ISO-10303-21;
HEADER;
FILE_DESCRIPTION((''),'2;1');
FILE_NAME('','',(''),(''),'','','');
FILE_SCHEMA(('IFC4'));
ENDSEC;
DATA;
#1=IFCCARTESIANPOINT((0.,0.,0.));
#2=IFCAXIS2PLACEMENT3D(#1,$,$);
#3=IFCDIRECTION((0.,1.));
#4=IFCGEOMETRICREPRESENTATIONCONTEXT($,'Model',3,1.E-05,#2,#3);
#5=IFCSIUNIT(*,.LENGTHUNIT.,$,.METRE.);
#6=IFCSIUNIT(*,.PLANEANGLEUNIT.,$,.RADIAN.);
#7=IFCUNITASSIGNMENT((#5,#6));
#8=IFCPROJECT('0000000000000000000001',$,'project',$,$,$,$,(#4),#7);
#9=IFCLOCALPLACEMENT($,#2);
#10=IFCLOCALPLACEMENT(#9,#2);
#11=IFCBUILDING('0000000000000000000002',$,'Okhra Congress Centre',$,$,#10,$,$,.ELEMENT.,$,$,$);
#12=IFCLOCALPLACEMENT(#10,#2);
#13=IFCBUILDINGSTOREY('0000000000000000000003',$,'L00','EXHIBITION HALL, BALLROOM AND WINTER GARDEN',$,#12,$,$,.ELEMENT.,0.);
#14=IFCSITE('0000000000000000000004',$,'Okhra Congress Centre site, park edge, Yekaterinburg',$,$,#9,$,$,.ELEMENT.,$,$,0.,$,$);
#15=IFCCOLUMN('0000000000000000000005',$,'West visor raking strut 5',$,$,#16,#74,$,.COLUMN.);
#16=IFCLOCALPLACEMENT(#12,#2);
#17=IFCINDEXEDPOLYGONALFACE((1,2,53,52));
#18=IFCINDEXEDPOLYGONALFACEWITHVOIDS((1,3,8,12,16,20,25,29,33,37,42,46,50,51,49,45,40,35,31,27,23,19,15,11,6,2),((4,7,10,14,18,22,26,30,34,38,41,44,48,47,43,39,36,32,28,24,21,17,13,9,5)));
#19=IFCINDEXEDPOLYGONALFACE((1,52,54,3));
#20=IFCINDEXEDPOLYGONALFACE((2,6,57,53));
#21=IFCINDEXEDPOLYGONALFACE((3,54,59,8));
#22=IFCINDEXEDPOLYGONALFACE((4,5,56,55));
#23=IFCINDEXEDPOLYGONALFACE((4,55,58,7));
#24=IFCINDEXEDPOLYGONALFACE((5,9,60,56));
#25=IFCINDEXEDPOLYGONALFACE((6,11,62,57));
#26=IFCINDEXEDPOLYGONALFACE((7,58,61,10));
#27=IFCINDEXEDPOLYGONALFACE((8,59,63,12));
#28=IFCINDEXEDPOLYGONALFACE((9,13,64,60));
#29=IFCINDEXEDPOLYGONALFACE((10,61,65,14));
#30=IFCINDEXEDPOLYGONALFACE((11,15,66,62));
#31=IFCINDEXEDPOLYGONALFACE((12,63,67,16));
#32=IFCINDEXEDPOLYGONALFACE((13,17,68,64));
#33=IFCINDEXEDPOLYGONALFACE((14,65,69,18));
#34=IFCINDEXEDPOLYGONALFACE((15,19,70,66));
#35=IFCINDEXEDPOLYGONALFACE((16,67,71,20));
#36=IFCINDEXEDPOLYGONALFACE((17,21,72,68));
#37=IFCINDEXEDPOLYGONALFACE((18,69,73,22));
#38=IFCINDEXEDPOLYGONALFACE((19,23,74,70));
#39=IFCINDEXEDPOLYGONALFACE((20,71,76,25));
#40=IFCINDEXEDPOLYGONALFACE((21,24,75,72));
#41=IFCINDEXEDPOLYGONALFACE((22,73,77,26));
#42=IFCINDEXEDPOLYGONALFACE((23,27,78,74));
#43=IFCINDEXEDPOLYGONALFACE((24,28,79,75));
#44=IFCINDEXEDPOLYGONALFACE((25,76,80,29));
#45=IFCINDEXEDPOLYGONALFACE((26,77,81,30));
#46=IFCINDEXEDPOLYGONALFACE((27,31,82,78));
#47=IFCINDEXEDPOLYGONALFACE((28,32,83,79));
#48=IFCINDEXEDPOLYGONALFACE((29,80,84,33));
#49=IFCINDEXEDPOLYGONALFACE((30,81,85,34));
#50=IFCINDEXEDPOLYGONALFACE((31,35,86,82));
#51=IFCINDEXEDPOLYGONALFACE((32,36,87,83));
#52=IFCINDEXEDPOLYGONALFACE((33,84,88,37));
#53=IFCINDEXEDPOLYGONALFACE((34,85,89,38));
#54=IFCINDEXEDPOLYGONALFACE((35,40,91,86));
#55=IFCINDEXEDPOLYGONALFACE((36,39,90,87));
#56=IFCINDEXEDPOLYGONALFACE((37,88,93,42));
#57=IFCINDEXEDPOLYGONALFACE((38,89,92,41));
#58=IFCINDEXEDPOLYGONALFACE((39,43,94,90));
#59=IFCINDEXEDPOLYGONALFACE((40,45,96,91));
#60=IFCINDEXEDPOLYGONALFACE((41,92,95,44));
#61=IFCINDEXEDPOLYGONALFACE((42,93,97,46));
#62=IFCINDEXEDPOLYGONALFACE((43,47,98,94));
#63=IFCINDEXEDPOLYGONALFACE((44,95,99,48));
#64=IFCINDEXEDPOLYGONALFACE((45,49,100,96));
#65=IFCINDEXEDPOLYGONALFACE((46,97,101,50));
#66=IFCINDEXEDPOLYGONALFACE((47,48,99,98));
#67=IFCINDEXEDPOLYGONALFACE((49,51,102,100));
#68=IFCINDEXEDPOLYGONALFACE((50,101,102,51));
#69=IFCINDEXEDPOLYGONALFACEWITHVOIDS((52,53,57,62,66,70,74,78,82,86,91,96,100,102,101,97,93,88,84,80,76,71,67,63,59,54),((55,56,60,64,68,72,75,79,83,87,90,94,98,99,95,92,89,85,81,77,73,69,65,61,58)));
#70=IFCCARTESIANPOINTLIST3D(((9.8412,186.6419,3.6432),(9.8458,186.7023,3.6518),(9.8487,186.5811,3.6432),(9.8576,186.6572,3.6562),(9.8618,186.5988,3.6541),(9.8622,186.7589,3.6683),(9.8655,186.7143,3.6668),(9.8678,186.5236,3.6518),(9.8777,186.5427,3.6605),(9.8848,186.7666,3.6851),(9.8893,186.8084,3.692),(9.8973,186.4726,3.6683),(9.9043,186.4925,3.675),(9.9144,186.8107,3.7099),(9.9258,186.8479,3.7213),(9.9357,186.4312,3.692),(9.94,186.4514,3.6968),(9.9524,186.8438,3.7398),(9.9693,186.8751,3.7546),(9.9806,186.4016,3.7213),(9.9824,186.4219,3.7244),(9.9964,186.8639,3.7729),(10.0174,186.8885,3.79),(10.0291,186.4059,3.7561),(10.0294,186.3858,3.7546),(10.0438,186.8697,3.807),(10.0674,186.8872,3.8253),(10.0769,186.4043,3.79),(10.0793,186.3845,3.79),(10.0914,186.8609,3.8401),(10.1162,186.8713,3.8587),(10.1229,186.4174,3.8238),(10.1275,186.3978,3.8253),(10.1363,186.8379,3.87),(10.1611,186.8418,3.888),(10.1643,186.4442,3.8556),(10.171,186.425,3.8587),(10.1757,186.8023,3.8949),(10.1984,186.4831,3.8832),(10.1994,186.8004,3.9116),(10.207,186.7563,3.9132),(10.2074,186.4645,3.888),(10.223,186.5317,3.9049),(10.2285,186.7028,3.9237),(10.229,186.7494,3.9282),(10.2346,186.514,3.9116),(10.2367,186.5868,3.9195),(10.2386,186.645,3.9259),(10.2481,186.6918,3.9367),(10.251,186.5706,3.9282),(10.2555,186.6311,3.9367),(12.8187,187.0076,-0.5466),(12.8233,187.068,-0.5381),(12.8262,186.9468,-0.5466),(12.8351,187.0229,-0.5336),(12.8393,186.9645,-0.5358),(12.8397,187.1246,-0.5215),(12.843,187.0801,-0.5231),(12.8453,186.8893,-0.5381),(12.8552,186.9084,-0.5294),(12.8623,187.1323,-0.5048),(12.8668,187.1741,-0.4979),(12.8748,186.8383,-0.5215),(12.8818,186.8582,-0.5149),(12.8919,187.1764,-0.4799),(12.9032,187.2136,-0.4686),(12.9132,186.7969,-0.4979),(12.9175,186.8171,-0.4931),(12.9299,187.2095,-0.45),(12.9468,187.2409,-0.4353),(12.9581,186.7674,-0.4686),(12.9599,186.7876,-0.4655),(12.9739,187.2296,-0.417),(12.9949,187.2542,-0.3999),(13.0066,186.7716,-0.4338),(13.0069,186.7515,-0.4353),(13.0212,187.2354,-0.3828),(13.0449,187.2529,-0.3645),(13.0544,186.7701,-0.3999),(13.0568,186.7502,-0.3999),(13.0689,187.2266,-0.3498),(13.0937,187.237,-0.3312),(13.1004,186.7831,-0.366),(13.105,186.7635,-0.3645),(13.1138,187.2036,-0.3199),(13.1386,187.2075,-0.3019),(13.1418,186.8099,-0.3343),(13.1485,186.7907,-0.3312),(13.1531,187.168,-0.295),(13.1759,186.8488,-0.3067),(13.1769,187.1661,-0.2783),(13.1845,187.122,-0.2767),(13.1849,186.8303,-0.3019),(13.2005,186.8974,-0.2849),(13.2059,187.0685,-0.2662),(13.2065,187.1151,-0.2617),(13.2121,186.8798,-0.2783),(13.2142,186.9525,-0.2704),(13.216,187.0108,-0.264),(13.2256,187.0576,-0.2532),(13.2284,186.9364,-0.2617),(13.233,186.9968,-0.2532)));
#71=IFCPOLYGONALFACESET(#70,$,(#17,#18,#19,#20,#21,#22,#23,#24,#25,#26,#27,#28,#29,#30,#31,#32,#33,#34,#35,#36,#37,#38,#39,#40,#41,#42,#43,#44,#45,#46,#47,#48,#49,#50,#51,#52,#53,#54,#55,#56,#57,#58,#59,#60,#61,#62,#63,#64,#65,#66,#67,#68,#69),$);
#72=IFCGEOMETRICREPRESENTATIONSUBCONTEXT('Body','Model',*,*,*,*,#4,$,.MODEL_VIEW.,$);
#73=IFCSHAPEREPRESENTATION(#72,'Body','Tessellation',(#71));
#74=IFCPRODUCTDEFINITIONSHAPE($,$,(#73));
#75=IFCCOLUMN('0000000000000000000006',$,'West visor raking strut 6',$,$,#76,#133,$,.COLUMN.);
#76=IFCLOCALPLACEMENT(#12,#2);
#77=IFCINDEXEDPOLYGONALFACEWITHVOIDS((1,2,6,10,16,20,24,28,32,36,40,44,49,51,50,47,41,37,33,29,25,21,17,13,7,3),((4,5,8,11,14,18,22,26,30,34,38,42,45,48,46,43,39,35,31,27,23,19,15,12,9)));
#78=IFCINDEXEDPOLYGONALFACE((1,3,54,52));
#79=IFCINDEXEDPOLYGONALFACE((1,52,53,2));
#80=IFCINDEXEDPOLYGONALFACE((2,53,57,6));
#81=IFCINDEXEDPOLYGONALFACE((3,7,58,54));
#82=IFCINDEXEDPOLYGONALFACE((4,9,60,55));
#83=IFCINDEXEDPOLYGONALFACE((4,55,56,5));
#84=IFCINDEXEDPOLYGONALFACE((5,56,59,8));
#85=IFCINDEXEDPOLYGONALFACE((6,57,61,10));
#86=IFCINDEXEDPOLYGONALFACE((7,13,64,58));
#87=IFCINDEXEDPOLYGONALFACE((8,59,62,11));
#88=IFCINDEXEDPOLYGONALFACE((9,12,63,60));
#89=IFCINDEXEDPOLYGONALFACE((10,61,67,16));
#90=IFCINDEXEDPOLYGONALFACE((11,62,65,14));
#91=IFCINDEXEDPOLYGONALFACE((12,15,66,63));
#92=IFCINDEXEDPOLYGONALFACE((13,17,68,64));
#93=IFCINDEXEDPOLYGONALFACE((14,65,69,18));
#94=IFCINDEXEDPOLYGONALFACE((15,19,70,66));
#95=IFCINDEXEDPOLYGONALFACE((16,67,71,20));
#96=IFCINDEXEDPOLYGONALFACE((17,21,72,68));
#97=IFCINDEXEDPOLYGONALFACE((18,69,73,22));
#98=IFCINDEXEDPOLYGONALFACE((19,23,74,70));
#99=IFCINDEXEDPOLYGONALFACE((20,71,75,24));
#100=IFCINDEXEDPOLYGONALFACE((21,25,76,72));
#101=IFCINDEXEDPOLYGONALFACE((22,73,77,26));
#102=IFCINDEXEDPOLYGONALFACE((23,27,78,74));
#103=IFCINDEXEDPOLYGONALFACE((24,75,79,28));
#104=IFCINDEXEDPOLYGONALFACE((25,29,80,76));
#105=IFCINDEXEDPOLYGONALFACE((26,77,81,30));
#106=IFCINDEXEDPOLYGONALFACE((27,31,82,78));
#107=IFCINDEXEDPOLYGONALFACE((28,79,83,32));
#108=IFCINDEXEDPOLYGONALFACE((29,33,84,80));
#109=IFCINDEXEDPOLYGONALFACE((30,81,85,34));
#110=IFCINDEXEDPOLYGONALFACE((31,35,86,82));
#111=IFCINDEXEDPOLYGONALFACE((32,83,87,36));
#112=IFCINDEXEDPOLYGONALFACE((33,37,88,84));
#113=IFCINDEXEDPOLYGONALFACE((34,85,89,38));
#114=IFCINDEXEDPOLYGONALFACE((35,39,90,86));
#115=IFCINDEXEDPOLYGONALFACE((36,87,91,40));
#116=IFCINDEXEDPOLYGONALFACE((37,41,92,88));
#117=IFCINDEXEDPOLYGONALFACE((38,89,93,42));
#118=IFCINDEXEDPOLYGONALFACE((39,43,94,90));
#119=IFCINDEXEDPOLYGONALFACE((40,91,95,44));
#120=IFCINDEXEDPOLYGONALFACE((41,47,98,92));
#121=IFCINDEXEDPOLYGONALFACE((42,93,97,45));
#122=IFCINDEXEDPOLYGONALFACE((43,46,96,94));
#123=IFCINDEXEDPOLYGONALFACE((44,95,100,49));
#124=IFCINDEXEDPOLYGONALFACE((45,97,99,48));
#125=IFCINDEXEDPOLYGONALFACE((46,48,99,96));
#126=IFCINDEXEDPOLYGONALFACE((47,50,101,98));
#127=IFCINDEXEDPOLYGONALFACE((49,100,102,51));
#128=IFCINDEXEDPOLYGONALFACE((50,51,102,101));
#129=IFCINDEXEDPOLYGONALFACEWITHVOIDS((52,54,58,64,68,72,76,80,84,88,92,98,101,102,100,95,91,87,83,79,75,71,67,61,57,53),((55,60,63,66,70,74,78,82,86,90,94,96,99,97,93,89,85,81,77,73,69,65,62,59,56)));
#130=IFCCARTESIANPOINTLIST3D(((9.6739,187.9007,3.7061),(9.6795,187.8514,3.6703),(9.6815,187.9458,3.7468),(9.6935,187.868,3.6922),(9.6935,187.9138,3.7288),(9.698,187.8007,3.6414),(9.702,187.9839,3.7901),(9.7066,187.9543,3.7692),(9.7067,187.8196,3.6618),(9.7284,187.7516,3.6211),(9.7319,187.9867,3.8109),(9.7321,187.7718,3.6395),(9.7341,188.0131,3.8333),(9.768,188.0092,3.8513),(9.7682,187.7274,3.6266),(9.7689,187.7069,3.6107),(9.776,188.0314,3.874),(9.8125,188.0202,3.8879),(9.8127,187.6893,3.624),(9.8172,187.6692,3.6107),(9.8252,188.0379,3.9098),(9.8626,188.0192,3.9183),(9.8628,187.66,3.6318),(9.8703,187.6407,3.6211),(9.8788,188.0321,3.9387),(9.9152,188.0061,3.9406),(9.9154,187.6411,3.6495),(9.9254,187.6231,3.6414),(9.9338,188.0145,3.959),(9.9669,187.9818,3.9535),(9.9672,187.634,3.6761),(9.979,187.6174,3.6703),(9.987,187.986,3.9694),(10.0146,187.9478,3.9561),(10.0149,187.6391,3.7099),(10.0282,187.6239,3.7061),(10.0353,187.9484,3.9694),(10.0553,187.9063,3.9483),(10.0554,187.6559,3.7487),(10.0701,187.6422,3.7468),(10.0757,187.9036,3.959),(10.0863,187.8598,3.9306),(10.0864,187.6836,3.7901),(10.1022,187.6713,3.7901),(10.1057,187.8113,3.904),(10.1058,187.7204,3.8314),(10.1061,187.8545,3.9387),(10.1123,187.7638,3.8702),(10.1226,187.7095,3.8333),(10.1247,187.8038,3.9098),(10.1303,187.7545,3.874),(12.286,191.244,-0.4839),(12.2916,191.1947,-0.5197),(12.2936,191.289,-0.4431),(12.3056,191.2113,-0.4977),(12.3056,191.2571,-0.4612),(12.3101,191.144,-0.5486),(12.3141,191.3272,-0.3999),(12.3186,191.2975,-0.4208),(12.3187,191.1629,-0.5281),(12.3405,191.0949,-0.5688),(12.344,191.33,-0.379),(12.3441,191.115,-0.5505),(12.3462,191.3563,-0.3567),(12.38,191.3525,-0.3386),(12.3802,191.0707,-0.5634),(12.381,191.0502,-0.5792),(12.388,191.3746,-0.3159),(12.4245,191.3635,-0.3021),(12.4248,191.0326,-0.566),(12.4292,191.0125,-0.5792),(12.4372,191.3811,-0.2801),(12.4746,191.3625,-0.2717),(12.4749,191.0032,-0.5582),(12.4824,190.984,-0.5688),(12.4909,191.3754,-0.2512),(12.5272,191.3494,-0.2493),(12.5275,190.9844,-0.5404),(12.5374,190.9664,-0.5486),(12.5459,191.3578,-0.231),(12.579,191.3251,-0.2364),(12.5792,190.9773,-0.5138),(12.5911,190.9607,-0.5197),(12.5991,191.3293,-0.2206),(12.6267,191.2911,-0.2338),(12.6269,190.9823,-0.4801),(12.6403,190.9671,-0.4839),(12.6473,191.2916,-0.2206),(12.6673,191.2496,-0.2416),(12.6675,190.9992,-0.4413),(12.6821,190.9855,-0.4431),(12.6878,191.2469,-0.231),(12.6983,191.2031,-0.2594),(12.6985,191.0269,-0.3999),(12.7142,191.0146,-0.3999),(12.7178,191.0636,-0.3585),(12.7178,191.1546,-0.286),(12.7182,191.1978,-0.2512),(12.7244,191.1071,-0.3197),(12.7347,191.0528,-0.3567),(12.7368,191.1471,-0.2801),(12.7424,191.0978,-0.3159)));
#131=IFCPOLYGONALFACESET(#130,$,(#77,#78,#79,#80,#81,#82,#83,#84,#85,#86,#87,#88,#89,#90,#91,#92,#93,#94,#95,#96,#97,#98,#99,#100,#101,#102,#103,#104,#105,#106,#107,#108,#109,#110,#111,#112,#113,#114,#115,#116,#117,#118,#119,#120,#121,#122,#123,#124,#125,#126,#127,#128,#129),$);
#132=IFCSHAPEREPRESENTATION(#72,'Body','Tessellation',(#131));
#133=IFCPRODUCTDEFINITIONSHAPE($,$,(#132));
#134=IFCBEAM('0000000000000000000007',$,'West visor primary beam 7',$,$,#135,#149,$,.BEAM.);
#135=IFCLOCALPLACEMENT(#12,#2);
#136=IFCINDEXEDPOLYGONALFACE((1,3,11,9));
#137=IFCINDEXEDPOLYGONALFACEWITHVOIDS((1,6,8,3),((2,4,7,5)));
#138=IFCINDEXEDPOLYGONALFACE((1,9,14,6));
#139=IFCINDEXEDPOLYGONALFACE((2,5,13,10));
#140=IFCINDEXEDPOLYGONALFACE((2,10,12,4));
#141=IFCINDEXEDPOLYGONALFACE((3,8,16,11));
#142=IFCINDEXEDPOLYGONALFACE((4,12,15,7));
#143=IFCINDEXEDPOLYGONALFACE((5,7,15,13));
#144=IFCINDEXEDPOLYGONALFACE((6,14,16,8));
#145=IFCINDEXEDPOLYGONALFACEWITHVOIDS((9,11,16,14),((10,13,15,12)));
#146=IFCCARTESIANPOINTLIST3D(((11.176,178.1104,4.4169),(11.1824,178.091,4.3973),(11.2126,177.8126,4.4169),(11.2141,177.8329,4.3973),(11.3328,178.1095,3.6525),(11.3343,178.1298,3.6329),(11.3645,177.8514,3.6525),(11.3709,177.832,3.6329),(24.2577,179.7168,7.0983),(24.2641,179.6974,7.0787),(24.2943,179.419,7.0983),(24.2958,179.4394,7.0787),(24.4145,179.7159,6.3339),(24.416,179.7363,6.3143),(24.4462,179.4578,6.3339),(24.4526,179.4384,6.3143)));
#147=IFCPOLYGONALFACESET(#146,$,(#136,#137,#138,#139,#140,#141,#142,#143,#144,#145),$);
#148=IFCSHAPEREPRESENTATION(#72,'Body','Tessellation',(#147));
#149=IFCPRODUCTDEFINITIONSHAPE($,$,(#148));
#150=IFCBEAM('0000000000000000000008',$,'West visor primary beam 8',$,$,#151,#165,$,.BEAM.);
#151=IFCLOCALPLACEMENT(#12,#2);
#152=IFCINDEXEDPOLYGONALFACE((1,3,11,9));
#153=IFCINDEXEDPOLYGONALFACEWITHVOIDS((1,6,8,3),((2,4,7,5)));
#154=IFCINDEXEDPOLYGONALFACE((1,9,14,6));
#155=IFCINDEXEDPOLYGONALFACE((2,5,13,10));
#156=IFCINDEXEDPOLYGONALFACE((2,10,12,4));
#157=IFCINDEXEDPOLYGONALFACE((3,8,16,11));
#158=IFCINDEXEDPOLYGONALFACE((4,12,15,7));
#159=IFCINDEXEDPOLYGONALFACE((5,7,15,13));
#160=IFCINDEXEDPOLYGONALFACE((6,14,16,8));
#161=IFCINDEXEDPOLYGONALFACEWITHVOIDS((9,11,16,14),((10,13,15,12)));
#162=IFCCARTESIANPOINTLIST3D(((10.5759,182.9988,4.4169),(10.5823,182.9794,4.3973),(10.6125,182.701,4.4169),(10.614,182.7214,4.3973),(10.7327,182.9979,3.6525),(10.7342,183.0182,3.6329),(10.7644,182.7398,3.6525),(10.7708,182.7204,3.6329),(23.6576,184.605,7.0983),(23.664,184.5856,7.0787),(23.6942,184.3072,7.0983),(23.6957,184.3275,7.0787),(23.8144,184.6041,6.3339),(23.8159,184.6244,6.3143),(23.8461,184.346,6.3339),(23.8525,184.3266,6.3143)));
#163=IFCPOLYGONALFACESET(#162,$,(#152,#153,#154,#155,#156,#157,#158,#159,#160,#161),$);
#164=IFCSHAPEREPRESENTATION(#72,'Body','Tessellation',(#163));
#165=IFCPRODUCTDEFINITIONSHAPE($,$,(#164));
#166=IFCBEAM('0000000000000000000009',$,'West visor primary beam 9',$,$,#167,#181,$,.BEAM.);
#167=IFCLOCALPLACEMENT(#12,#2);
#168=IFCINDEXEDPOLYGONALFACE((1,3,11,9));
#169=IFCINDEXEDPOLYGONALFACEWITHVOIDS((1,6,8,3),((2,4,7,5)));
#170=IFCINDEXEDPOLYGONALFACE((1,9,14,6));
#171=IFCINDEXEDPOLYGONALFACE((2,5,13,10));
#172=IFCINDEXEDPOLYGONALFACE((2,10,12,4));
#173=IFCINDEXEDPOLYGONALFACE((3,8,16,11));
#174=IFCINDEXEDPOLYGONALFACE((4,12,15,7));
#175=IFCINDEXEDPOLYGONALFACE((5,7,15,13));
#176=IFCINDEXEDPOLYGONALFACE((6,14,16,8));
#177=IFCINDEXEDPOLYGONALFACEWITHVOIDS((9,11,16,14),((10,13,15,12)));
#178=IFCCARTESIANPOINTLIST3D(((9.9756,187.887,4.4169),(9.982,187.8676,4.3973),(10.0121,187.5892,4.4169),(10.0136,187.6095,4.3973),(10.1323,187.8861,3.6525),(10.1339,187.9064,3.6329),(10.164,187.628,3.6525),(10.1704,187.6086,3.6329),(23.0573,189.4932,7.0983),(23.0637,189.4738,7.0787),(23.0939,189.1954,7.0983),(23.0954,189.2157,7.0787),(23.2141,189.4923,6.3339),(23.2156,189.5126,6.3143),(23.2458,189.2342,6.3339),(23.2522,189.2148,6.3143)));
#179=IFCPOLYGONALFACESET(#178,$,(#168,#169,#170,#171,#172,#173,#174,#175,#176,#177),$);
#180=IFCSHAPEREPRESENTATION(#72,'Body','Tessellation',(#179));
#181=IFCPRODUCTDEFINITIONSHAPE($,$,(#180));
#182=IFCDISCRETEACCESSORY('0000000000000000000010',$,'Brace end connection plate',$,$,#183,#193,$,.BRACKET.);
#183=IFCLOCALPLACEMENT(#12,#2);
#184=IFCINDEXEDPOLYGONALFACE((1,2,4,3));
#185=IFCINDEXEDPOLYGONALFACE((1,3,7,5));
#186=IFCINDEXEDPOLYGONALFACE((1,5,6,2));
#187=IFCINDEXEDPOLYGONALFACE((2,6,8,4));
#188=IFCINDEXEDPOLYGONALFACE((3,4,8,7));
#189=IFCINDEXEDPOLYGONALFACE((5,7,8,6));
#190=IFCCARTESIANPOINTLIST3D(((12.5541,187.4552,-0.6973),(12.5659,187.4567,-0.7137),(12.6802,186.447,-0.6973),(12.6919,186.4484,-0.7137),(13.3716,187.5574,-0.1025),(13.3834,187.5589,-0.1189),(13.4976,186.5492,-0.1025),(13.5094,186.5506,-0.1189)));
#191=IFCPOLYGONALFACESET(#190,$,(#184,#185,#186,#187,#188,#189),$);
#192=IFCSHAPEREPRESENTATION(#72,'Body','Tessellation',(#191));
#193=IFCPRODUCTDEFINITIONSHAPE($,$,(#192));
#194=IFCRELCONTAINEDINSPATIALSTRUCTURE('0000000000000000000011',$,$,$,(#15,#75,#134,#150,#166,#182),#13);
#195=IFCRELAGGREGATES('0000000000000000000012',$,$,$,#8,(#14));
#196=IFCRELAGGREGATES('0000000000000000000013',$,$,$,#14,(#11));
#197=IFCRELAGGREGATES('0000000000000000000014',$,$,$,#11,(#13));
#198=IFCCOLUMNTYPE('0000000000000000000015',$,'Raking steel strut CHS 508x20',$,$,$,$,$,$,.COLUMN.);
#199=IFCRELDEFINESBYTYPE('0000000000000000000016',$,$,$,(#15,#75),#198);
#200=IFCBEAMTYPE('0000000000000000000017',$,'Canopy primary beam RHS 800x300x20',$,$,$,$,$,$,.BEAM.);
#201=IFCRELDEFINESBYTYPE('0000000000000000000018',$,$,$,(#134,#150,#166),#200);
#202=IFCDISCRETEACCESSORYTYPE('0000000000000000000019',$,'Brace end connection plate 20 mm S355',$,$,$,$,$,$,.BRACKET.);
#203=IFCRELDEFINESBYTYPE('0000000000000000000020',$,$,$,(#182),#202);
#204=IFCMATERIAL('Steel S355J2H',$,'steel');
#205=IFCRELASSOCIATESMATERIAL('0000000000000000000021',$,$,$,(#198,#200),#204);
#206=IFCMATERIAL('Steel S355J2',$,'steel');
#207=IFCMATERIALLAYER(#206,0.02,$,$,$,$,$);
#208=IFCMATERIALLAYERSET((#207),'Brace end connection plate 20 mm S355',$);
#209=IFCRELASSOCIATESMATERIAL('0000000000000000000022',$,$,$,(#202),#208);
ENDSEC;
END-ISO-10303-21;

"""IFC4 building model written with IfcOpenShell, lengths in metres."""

from ifc_helpers import new_model, si_unit, direction, frame, origin, origin_2d, place, context, subcontext, project, spatial, rectangle, hollow_rectangle, hollow_circle, extrude, material, layer, layer_set, material_profile, profile_set, type_object, element, save


model = new_model("IFC4")

# Units and contexts
model_context = context("Model", 3, precision=1e-05, world=origin(), true_north=direction((0.0, 1.0)))
body_context = subcontext(model_context, "Body", "Model", "MODEL_VIEW")
ifc_project = project(units=[si_unit("LENGTHUNIT", "METRE"), si_unit("PLANEANGLEUNIT", "RADIAN")], contexts=[model_context])

# Site, building, storey
site_placement = place(None, origin())
site = spatial("IfcSite", under=ifc_project, at=site_placement, Name="Okhra Congress Centre site, park edge, Yekaterinburg", CompositionType="ELEMENT", RefElevation=0.0)
building_placement = place(site_placement, origin())
building = spatial("IfcBuilding", under=site, at=building_placement, Name="Okhra Congress Centre", CompositionType="ELEMENT")
storey_placement = place(building_placement, origin())
storey = spatial("IfcBuildingStorey", under=building, at=storey_placement, Name="L00", Description="EXHIBITION HALL, BALLROOM AND WINTER GARDEN", CompositionType="ELEMENT", Elevation=0.0)

# Columns
ifc_material_1 = material(Name="Steel S355J2H", Category="steel")
ifc_material_profile_1 = material_profile(ifc_material_1, hollow_circle(Radius=0.2539, WallThickness=0.02, at=origin_2d()), Name="CHS 508x20")
ifc_profile_set_1 = profile_set([ifc_material_profile_1], Name="Steel S355J2H")
column_type = type_object("IfcColumnType", Name="Raking steel strut CHS 508x20", PredefinedType="COLUMN", material=ifc_profile_set_1)
column_1_placement = place(storey_placement, frame((13.0259, 187.0022, -0.3999), z_axis=(-0.577808, -0.070971, 0.813081), x_axis=(0.121911, -0.992541, 0.0)))
element("IfcColumn", 1, at=column_1_placement, inside=storey, type_object=column_type, Name="West visor raking strut 5", PredefinedType="COLUMN", context=body_context, shape_type="SweptSolid", body=[
    extrude(hollow_circle(Radius=0.2539, WallThickness=0.02, at=origin_2d()), origin(), (0.0, 0.0, 1.0), 5.1531),
])
column_2_placement = place(storey_placement, frame((12.5142, 191.1709, -0.3999), z_axis=(-0.438054, -0.56068, 0.702671), x_axis=(0.788009, -0.615664, 0.0)))
element("IfcColumn", 2, at=column_2_placement, inside=storey, type_object=column_type, Name="West visor raking strut 6", PredefinedType="COLUMN", context=body_context, shape_type="SweptSolid", body=[
    extrude(hollow_circle(Radius=0.2539, WallThickness=0.02, at=origin_2d()), origin(), (0.0, 0.0, 1.0), 5.9629),
])

# Beams
ifc_material_profile_2 = material_profile(ifc_material_1, hollow_rectangle(XDim=0.3, YDim=0.8, WallThickness=0.02, at=origin_2d()), Name="RHS 800x300x20")
ifc_profile_set_2 = profile_set([ifc_material_profile_2], Name="Steel S355J2H")
beam_type = type_object("IfcBeamType", Name="Canopy primary beam RHS 800x300x20", PredefinedType="BEAM", material=ifc_profile_set_2)
for number, where, z_axis, x_axis, name in (
    (3, (11.2734, 177.9712, 4.0249), (0.97262, 0.119438, 0.19936), (-0.121885, 0.992544, 0.0), "West visor primary beam 7"),
    (4, (10.6733, 182.8596, 4.0249), (0.972622, 0.11942, 0.19936), (-0.121866, 0.992547, 0.0), "West visor primary beam 8"),
    (5, (10.073, 187.7478, 4.0249), (0.972622, 0.11942, 0.19936), (-0.121866, 0.992547, 0.0), "West visor primary beam 9"),
):
    element("IfcBeam", number, at=place(storey_placement, frame(where, z_axis=z_axis, x_axis=x_axis)), inside=storey, type_object=beam_type, Name=name, PredefinedType="BEAM", context=body_context, shape_type="SweptSolid", body=[
        extrude(hollow_rectangle(XDim=0.3, YDim=0.8, WallThickness=0.02, at=origin_2d()), origin(), (0.0, 0.0, 1.0), 13.45),
    ])

# Discrete accessory
ifc_material_2 = material(Name="Steel S355J2", Category="steel")
ifc_layer = layer(ifc_material_2, 0.02)
ifc_layer_set = layer_set([ifc_layer], Name="Brace end connection plate 20 mm S355")
discrete_accessory_type_1 = type_object("IfcDiscreteAccessoryType", Name="Brace end connection plate 20 mm S355", PredefinedType="BRACKET", material=ifc_layer_set)
discrete_accessory_1_placement = place(storey_placement, frame((13.0259, 187.0022, -0.3999), z_axis=(0.580848, 0.072606, -0.810767), x_axis=(-0.124035, 0.992278, 0.0)))
element("IfcDiscreteAccessory", 6, at=discrete_accessory_1_placement, inside=storey, type_object=discrete_accessory_type_1, Name="Brace end connection plate", PredefinedType="BRACKET", context=body_context, shape_type="SweptSolid", body=[
    extrude(rectangle(XDim=1.0161, YDim=1.0161, at=origin_2d()), origin(), (0.0, 0.0, 1.0), 0.0203),
])

save(model, "model.ifc")
